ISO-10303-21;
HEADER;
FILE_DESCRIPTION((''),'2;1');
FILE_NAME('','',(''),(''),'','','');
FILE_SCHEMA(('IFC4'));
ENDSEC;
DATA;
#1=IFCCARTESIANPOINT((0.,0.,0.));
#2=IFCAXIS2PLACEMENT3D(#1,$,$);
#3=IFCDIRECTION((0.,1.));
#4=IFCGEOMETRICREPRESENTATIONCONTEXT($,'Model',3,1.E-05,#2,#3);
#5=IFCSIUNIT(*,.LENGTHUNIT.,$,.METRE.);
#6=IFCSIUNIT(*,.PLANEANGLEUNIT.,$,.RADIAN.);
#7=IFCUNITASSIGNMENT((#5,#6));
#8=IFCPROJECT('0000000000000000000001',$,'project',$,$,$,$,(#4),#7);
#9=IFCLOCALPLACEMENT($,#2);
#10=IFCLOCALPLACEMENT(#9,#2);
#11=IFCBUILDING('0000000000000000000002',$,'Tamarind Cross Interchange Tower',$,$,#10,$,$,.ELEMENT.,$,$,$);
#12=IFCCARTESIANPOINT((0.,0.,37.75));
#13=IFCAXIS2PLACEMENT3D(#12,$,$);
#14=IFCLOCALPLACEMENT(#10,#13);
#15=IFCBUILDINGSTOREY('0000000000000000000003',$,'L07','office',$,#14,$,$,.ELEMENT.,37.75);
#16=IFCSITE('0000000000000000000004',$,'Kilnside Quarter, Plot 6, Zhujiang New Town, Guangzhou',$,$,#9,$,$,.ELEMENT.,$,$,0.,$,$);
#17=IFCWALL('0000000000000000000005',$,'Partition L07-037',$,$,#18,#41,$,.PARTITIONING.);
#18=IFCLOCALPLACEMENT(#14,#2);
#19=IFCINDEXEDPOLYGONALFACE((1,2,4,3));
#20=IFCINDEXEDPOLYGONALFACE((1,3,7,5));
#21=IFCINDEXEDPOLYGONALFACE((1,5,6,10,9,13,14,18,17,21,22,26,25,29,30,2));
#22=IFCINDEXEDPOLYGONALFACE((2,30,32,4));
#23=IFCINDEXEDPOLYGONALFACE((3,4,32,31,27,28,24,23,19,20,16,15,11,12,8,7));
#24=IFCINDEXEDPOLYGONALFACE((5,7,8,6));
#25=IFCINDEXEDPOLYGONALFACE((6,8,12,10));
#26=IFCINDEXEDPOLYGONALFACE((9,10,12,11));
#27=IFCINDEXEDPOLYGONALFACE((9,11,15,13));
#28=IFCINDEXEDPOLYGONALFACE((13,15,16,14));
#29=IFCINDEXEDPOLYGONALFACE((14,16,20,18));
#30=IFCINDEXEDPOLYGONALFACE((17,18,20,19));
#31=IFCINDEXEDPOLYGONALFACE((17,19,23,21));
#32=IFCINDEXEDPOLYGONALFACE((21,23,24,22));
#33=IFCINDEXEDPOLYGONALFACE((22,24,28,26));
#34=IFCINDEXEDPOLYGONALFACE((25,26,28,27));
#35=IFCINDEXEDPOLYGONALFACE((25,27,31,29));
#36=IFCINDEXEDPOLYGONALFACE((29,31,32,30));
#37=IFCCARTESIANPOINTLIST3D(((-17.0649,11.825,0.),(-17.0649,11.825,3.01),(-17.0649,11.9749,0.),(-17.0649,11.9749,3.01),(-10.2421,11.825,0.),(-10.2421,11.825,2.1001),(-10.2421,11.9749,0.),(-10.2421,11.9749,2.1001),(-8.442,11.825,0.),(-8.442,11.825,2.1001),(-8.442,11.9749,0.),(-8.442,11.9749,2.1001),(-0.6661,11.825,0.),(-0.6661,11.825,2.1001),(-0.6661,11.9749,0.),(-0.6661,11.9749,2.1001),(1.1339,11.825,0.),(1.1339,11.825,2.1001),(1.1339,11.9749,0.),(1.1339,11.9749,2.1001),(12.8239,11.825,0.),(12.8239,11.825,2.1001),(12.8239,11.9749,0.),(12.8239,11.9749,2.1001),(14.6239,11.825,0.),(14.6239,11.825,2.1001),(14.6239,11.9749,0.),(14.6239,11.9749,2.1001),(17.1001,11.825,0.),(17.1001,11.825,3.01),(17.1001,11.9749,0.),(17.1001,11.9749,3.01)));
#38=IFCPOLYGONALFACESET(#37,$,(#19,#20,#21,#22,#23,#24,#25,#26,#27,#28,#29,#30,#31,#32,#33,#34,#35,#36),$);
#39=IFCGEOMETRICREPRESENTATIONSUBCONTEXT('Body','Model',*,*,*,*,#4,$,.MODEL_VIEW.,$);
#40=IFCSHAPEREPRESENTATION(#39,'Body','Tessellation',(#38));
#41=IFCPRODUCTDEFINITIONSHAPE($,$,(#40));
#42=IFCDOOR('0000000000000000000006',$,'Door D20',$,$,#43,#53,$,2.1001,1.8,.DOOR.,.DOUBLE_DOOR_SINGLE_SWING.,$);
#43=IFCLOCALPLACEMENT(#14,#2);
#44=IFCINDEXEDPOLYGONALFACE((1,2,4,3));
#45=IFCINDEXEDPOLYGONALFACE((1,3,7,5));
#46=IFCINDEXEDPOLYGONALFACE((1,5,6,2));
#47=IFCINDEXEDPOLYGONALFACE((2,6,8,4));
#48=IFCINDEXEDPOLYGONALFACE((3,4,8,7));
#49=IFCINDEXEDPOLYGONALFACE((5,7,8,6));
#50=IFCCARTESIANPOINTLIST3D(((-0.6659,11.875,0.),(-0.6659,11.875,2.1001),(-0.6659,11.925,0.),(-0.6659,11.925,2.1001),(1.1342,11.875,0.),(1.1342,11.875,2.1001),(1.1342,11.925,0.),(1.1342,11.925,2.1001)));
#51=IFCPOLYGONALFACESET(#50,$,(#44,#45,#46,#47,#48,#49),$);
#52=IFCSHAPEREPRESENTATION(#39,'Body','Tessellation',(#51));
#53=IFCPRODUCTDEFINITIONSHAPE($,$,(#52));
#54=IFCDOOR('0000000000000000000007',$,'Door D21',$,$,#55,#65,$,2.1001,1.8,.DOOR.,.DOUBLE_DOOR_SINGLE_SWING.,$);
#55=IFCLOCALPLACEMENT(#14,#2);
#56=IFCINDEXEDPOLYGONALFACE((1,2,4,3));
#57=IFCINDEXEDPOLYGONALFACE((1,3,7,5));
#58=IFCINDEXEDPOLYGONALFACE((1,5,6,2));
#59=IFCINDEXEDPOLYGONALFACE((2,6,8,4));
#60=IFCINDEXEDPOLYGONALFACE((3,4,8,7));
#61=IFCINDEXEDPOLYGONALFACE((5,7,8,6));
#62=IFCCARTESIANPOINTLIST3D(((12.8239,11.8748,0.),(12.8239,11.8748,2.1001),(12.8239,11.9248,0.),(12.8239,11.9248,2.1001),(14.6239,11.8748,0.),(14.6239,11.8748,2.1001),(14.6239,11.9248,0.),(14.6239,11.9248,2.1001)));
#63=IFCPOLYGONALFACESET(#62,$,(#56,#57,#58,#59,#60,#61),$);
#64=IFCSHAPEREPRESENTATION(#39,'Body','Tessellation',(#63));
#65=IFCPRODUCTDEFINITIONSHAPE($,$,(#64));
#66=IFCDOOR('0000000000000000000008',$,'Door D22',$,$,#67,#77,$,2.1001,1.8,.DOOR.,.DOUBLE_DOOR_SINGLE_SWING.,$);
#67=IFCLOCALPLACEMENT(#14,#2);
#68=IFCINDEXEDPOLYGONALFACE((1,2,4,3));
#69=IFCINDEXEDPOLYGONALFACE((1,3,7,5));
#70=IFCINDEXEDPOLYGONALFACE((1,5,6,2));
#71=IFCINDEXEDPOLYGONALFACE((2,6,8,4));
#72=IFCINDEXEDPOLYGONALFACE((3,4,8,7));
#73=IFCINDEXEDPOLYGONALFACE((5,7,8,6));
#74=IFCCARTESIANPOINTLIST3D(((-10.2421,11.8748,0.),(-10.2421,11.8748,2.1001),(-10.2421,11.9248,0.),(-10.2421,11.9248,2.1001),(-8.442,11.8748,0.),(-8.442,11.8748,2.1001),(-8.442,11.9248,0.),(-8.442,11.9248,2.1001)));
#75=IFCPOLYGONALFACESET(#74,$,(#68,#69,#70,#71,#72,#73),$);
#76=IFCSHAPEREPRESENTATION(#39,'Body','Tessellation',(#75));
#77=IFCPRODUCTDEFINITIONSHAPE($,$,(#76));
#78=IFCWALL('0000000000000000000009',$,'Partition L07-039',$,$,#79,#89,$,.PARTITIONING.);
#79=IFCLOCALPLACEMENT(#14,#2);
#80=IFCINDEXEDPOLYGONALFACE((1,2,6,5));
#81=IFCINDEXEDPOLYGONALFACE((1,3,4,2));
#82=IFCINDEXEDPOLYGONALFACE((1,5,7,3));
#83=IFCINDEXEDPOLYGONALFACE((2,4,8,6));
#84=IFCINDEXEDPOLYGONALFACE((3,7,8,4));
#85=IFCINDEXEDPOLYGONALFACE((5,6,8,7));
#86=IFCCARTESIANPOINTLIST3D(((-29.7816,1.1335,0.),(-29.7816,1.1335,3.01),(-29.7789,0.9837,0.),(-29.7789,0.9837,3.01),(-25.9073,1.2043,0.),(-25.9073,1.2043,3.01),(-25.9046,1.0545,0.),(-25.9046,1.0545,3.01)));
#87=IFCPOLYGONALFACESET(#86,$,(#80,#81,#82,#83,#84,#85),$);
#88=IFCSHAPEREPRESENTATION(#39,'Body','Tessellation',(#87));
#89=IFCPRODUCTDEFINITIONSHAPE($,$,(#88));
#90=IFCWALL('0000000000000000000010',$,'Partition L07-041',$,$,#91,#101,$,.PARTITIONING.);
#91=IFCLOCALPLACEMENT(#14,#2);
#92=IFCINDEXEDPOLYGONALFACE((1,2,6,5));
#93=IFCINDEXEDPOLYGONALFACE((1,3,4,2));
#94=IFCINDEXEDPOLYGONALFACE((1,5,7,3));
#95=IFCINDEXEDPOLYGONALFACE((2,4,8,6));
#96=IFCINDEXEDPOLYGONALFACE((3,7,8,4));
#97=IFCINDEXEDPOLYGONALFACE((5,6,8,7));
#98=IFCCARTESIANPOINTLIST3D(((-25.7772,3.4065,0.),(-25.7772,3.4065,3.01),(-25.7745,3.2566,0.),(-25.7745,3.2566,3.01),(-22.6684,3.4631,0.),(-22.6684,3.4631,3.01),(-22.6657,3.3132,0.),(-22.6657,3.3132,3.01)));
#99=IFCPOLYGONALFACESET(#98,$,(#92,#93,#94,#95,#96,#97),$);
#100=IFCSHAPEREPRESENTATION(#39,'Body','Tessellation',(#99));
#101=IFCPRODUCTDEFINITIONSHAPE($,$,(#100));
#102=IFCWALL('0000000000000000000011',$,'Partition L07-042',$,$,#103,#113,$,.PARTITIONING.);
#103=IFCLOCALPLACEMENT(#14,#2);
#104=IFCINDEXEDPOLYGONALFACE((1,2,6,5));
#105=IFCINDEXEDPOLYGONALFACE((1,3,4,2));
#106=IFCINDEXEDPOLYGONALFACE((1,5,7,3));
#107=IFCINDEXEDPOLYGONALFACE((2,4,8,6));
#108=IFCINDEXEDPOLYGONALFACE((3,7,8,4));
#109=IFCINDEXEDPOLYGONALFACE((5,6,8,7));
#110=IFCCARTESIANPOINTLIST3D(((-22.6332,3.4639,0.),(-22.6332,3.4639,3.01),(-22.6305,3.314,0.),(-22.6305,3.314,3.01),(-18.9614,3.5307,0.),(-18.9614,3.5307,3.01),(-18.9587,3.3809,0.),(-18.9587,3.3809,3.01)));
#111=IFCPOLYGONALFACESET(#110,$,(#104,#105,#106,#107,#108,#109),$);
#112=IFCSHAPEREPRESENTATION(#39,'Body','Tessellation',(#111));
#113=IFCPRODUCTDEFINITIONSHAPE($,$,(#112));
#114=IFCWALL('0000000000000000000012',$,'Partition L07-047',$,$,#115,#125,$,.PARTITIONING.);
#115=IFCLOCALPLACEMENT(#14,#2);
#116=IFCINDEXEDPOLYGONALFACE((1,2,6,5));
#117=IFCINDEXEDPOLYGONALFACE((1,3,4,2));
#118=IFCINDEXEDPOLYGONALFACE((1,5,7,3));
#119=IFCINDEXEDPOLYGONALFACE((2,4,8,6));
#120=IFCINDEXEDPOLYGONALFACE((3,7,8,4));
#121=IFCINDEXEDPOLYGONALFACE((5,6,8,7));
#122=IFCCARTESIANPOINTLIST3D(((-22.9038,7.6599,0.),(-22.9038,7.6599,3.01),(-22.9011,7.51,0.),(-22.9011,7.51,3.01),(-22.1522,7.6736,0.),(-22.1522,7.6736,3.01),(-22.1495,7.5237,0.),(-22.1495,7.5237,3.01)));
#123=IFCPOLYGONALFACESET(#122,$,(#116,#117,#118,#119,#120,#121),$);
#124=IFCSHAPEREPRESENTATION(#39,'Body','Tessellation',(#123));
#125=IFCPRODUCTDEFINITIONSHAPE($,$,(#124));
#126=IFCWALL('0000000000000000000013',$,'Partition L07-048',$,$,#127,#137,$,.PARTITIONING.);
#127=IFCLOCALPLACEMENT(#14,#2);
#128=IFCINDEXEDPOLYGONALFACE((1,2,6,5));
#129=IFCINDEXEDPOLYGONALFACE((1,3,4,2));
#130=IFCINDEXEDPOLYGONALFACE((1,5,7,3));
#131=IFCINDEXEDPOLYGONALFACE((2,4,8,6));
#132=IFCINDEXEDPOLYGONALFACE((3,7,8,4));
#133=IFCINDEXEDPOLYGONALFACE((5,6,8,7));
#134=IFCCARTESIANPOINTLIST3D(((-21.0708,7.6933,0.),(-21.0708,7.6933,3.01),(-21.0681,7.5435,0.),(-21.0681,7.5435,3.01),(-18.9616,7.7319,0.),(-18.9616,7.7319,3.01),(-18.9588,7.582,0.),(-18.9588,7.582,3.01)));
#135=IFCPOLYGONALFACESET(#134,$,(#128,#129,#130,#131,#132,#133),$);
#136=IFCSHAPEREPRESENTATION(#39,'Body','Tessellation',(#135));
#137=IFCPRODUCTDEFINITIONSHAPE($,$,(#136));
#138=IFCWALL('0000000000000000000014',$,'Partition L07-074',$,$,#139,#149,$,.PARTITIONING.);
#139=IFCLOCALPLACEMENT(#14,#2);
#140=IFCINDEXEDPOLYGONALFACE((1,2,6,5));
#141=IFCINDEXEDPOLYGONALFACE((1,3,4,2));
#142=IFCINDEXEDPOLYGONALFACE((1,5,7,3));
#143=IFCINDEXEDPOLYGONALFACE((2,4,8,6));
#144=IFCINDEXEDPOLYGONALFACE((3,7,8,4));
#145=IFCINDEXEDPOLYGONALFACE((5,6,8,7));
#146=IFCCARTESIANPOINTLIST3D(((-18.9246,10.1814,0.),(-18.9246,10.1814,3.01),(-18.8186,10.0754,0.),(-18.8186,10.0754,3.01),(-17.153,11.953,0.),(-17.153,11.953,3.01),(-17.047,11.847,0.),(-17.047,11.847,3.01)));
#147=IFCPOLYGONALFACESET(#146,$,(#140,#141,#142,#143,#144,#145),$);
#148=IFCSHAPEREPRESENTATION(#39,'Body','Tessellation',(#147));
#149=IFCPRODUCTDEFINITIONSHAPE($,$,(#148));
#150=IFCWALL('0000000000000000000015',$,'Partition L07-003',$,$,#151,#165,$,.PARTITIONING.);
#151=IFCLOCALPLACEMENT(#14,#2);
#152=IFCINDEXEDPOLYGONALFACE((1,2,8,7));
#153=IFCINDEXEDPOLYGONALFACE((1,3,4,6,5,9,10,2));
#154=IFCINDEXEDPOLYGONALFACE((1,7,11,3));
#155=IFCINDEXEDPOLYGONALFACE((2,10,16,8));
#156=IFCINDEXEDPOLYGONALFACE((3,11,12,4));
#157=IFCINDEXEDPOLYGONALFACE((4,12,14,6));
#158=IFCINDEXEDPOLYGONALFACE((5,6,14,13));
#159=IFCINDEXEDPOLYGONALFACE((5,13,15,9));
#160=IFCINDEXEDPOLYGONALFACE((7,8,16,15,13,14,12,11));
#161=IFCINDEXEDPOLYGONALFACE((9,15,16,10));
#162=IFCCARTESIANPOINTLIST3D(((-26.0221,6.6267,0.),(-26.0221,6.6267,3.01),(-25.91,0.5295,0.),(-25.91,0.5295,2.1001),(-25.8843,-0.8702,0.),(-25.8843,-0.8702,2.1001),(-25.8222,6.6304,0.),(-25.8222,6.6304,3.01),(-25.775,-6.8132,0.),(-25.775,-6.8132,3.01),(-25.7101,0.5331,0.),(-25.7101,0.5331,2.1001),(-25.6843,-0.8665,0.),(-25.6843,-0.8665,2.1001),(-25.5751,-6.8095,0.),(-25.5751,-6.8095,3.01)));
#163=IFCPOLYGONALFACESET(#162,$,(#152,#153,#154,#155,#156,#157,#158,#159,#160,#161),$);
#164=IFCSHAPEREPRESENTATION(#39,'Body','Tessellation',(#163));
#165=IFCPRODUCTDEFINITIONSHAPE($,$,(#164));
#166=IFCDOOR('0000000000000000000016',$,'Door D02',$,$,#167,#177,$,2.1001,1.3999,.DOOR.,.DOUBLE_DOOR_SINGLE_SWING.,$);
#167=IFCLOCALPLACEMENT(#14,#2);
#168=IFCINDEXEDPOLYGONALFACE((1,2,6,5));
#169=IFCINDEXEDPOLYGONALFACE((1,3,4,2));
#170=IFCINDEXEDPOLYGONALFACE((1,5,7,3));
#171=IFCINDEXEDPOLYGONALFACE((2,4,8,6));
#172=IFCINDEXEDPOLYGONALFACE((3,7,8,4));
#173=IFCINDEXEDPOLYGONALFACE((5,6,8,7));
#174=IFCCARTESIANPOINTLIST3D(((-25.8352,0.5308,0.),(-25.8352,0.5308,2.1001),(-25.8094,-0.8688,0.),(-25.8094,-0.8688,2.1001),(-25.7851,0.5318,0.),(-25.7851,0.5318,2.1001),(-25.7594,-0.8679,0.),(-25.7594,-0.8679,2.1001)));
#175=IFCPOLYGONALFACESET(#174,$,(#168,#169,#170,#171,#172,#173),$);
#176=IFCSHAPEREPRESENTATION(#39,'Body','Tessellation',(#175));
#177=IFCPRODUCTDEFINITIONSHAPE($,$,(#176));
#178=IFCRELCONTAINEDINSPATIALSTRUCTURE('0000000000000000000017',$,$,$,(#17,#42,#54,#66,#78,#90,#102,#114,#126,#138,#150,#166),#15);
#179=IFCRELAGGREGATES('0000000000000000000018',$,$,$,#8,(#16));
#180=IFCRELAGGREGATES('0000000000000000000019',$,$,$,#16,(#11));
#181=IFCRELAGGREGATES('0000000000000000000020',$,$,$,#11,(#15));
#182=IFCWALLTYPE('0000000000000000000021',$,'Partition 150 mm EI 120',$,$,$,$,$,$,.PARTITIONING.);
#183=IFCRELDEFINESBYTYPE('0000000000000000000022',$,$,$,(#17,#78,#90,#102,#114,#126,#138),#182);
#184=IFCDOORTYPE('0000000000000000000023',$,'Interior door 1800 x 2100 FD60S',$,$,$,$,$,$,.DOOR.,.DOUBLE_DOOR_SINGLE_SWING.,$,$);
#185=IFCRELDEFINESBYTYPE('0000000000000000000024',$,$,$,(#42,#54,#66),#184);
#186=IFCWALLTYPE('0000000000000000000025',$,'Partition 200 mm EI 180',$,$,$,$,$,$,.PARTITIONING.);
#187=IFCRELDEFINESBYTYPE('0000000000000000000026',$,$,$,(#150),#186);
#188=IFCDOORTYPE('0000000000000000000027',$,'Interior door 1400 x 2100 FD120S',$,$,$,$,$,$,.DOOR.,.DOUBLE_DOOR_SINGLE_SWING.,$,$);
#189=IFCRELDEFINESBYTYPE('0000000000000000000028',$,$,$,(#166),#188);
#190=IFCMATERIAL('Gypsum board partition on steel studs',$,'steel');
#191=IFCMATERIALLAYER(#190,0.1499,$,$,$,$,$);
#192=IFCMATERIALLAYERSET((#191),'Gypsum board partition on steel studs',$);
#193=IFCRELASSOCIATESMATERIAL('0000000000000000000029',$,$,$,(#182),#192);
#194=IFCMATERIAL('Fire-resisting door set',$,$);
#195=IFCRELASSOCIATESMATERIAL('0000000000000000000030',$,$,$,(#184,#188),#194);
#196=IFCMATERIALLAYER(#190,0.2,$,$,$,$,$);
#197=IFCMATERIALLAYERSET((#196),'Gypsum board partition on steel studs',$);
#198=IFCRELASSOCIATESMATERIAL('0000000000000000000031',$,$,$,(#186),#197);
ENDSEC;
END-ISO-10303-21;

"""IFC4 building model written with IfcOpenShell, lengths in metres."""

from ifc_helpers import new_model, si_unit, direction, frame, frame_2d, origin, place, context, subcontext, project, spatial, rectangle, extrude, material, layer, layer_set, type_object, element, fill, save


model = new_model("IFC4")

# Units and contexts
model_context = context("Model", 3, precision=1e-05, world=origin(), true_north=direction((0.0, 1.0)))
body_context = subcontext(model_context, "Body", "Model", "MODEL_VIEW")
ifc_project = project(units=[si_unit("LENGTHUNIT", "METRE"), si_unit("PLANEANGLEUNIT", "RADIAN")], contexts=[model_context])

# Site, building, storey
site_placement = place(None, origin())
site = spatial("IfcSite", under=ifc_project, at=site_placement, Name="Kilnside Quarter, Plot 6, Zhujiang New Town, Guangzhou", CompositionType="ELEMENT", RefElevation=0.0)
building_placement = place(site_placement, origin())
building = spatial("IfcBuilding", under=site, at=building_placement, Name="Tamarind Cross Interchange Tower", CompositionType="ELEMENT")
storey_placement = place(building_placement, frame((0.0, 0.0, 37.75)))
storey = spatial("IfcBuildingStorey", under=building, at=storey_placement, Name="L07", Description="office", CompositionType="ELEMENT", Elevation=37.75)

# Shared definitions
ifc_material_1 = material(Name="Gypsum board partition on steel studs", Category="steel")

# Wall, openings, doors
ifc_layer_1 = layer(ifc_material_1, 0.1499)
ifc_layer_set_1 = layer_set([ifc_layer_1], Name="Gypsum board partition on steel studs")
wall_type_1 = type_object("IfcWallType", Name="Partition 150 mm EI 120", PredefinedType="PARTITIONING", material=ifc_layer_set_1)
wall_1_placement = place(storey_placement, frame((-17.0649, 11.8999, 0.0), z_axis=(0.0, 0.0, 1.0), x_axis=(1.0, 0.0, 0.0)))
wall_1 = element("IfcWall", 1, at=wall_1_placement, inside=storey, type_object=wall_type_1, Name="Partition L07-037", PredefinedType="PARTITIONING", context=body_context, shape_type="SweptSolid", body=[
    extrude(rectangle(XDim=34.165, YDim=0.1499, at=frame_2d((17.0825, 0.0))), origin(), (0.0, 0.0, 1.0), 3.01),
])
opening_1_placement = place(wall_1_placement, frame((16.3989, 0.0, 0.0)))
opening_1 = element("IfcOpeningElement", 2, at=opening_1_placement, cuts=wall_1, PredefinedType="OPENING", context=body_context, shape_type="SweptSolid", body=[
    extrude(rectangle(XDim=1.8, YDim=2.1001, at=frame_2d((0.8999, 1.05))), frame((0.0, 0.085, 0.0), z_axis=(0.0, -1.0, 0.0), x_axis=(1.0, 0.0, 0.0)), (0.0, 0.0, 1.0), 0.1699),
])
opening_2_placement = place(wall_1_placement, frame((29.8889, 0.0, 0.0)))
opening_2 = element("IfcOpeningElement", 3, at=opening_2_placement, cuts=wall_1, PredefinedType="OPENING", context=body_context, shape_type="SweptSolid", body=[
    extrude(rectangle(XDim=1.8, YDim=2.1001, at=frame_2d((0.8999, 1.05))), frame((0.0, 0.085, 0.0), z_axis=(0.0, -1.0, 0.0), x_axis=(1.0, 0.0, 0.0)), (0.0, 0.0, 1.0), 0.1699),
])
opening_3_placement = place(wall_1_placement, frame((6.823, 0.0, 0.0)))
opening_3 = element("IfcOpeningElement", 4, at=opening_3_placement, cuts=wall_1, PredefinedType="OPENING", context=body_context, shape_type="SweptSolid", body=[
    extrude(rectangle(XDim=1.8, YDim=2.1001, at=frame_2d((0.8999, 1.05))), frame((0.0, 0.085, 0.0), z_axis=(0.0, -1.0, 0.0), x_axis=(1.0, 0.0, 0.0)), (0.0, 0.0, 1.0), 0.1699),
])
ifc_material_2 = material(Name="Fire-resisting door set")
door_type_1 = type_object("IfcDoorType", Name="Interior door 1800 x 2100 FD60S", OperationType="DOUBLE_DOOR_SINGLE_SWING", PredefinedType="DOOR", material=ifc_material_2)
door_1_placement = place(opening_1_placement, frame((1.8, 0.0, 0.0), z_axis=(0.0, 0.0, 1.0), x_axis=(-1.0, 0.0, 0.0)))
door_1 = element("IfcDoor", 5, at=door_1_placement, inside=storey, type_object=door_type_1, Name="Door D20", OperationType="DOUBLE_DOOR_SINGLE_SWING", OverallHeight=2.1001, OverallWidth=1.8, PredefinedType="DOOR", context=body_context, shape_type="SweptSolid", body=[
    extrude(rectangle(XDim=1.8, YDim=2.1001, at=frame_2d((0.8999, 1.05))), frame((0.0, 0.0249, 0.0), z_axis=(0.0, -1.0, 0.0), x_axis=(1.0, 0.0, 0.0)), (0.0, 0.0, 1.0), 0.05),
])
fill(opening_1, door_1)
door_2_placement = place(opening_2_placement, origin())
door_2 = element("IfcDoor", 6, at=door_2_placement, inside=storey, type_object=door_type_1, Name="Door D21", OperationType="DOUBLE_DOOR_SINGLE_SWING", OverallHeight=2.1001, OverallWidth=1.8, PredefinedType="DOOR", context=body_context, shape_type="SweptSolid", body=[
    extrude(rectangle(XDim=1.8, YDim=2.1001, at=frame_2d((0.8999, 1.05))), frame((0.0, 0.0249, 0.0), z_axis=(0.0, -1.0, 0.0), x_axis=(1.0, 0.0, 0.0)), (0.0, 0.0, 1.0), 0.05),
])
fill(opening_2, door_2)
door_3_placement = place(opening_3_placement, origin())
door_3 = element("IfcDoor", 7, at=door_3_placement, inside=storey, type_object=door_type_1, Name="Door D22", OperationType="DOUBLE_DOOR_SINGLE_SWING", OverallHeight=2.1001, OverallWidth=1.8, PredefinedType="DOOR", context=body_context, shape_type="SweptSolid", body=[
    extrude(rectangle(XDim=1.8, YDim=2.1001, at=frame_2d((0.8999, 1.05))), frame((0.0, 0.0249, 0.0), z_axis=(0.0, -1.0, 0.0), x_axis=(1.0, 0.0, 0.0)), (0.0, 0.0, 1.0), 0.05),
])
fill(opening_3, door_3)

# Walls
wall_2_placement = place(storey_placement, frame((-29.7803, 1.0586, 0.0), z_axis=(0.0, 0.0, 1.0), x_axis=(0.999833, 0.018272, 0.0)))
element("IfcWall", 8, at=wall_2_placement, inside=storey, type_object=wall_type_1, Name="Partition L07-039", PredefinedType="PARTITIONING", context=body_context, shape_type="SweptSolid", body=[
    extrude(rectangle(XDim=3.875, YDim=0.1499, at=frame_2d((1.9375, 0.0))), origin(), (0.0, 0.0, 1.0), 3.01),
])
wall_3_placement = place(storey_placement, frame((-25.7759, 3.3315, 0.0), z_axis=(0.0, 0.0, 1.0), x_axis=(0.999834, 0.018216, 0.0)))
element("IfcWall", 9, at=wall_3_placement, inside=storey, type_object=wall_type_1, Name="Partition L07-041", PredefinedType="PARTITIONING", context=body_context, shape_type="SweptSolid", body=[
    extrude(rectangle(XDim=3.1094, YDim=0.1499, at=frame_2d((1.5547, 0.0))), origin(), (0.0, 0.0, 1.0), 3.01),
])
wall_4_placement = place(storey_placement, frame((-22.6318, 3.3889, 0.0), z_axis=(0.0, 0.0, 1.0), x_axis=(0.999834, 0.018215, 0.0)))
element("IfcWall", 10, at=wall_4_placement, inside=storey, type_object=wall_type_1, Name="Partition L07-042", PredefinedType="PARTITIONING", context=body_context, shape_type="SweptSolid", body=[
    extrude(rectangle(XDim=3.6724, YDim=0.1499, at=frame_2d((1.8362, 0.0))), origin(), (0.0, 0.0, 1.0), 3.01),
])
wall_5_placement = place(storey_placement, frame((-22.9026, 7.585, 0.0), z_axis=(0.0, 0.0, 1.0), x_axis=(0.999835, 0.018191, 0.0)))
element("IfcWall", 11, at=wall_5_placement, inside=storey, type_object=wall_type_1, Name="Partition L07-047", PredefinedType="PARTITIONING", context=body_context, shape_type="SweptSolid", body=[
    extrude(rectangle(XDim=0.7517, YDim=0.1499, at=frame_2d((0.376, 0.0))), origin(), (0.0, 0.0, 1.0), 3.01),
])
wall_6_placement = place(storey_placement, frame((-21.0693, 7.6184, 0.0), z_axis=(0.0, 0.0, 1.0), x_axis=(0.999833, 0.018284, 0.0)))
element("IfcWall", 12, at=wall_6_placement, inside=storey, type_object=wall_type_1, Name="Partition L07-048", PredefinedType="PARTITIONING", context=body_context, shape_type="SweptSolid", body=[
    extrude(rectangle(XDim=2.1096, YDim=0.1499, at=frame_2d((1.0547, 0.0))), origin(), (0.0, 0.0, 1.0), 3.01),
])
wall_7_placement = place(storey_placement, frame((-18.8716, 10.1284, 0.0), z_axis=(0.0, 0.0, 1.0), x_axis=(0.707107, 0.707107, 0.0)))
element("IfcWall", 13, at=wall_7_placement, inside=storey, type_object=wall_type_1, Name="Partition L07-074", PredefinedType="PARTITIONING", context=body_context, shape_type="SweptSolid", body=[
    extrude(rectangle(XDim=2.5054, YDim=0.1499, at=frame_2d((1.2527, 0.0))), origin(), (0.0, 0.0, 1.0), 3.01),
])

# Wall, opening, door
ifc_layer_2 = layer(ifc_material_1, 0.2)
ifc_layer_set_2 = layer_set([ifc_layer_2], Name="Gypsum board partition on steel studs")
wall_type_2 = type_object("IfcWallType", Name="Partition 200 mm EI 180", PredefinedType="PARTITIONING", material=ifc_layer_set_2)
wall_8_placement = place(storey_placement, frame((-25.9221, 6.6287, 0.0), z_axis=(0.0, 0.0, 1.0), x_axis=(0.01838, -0.999831, 0.0)))
wall_8 = element("IfcWall", 14, at=wall_8_placement, inside=storey, type_object=wall_type_2, Name="Partition L07-003", PredefinedType="PARTITIONING", context=body_context, shape_type="SweptSolid", body=[
    extrude(rectangle(XDim=13.4421, YDim=0.2, at=frame_2d((6.7212, 0.0))), origin(), (0.0, 0.0, 1.0), 3.01),
])
opening_4_placement = place(wall_8_placement, frame((6.0984, 0.0, 0.0)))
opening_4 = element("IfcOpeningElement", 15, at=opening_4_placement, cuts=wall_8, PredefinedType="OPENING", context=body_context, shape_type="SweptSolid", body=[
    extrude(rectangle(XDim=1.3999, YDim=2.1001, at=frame_2d((0.7, 1.05))), frame((0.0, 0.1099, 0.0), z_axis=(0.0, -1.0, 0.0), x_axis=(1.0, 0.0, 0.0)), (0.0, 0.0, 1.0), 0.22),
])
door_type_2 = type_object("IfcDoorType", Name="Interior door 1400 x 2100 FD120S", OperationType="DOUBLE_DOOR_SINGLE_SWING", PredefinedType="DOOR", material=ifc_material_2)
door_4_placement = place(opening_4_placement, origin())
door_4 = element("IfcDoor", 16, at=door_4_placement, inside=storey, type_object=door_type_2, Name="Door D02", OperationType="DOUBLE_DOOR_SINGLE_SWING", OverallHeight=2.1001, OverallWidth=1.3999, PredefinedType="DOOR", context=body_context, shape_type="SweptSolid", body=[
    extrude(rectangle(XDim=1.3999, YDim=2.1001, at=frame_2d((0.7, 1.05))), frame((0.0, 0.0249, 0.0), z_axis=(0.0, -1.0, 0.0), x_axis=(1.0, 0.0, 0.0)), (0.0, 0.0, 1.0), 0.05),
])
fill(opening_4, door_4)

save(model, "model.ifc")
